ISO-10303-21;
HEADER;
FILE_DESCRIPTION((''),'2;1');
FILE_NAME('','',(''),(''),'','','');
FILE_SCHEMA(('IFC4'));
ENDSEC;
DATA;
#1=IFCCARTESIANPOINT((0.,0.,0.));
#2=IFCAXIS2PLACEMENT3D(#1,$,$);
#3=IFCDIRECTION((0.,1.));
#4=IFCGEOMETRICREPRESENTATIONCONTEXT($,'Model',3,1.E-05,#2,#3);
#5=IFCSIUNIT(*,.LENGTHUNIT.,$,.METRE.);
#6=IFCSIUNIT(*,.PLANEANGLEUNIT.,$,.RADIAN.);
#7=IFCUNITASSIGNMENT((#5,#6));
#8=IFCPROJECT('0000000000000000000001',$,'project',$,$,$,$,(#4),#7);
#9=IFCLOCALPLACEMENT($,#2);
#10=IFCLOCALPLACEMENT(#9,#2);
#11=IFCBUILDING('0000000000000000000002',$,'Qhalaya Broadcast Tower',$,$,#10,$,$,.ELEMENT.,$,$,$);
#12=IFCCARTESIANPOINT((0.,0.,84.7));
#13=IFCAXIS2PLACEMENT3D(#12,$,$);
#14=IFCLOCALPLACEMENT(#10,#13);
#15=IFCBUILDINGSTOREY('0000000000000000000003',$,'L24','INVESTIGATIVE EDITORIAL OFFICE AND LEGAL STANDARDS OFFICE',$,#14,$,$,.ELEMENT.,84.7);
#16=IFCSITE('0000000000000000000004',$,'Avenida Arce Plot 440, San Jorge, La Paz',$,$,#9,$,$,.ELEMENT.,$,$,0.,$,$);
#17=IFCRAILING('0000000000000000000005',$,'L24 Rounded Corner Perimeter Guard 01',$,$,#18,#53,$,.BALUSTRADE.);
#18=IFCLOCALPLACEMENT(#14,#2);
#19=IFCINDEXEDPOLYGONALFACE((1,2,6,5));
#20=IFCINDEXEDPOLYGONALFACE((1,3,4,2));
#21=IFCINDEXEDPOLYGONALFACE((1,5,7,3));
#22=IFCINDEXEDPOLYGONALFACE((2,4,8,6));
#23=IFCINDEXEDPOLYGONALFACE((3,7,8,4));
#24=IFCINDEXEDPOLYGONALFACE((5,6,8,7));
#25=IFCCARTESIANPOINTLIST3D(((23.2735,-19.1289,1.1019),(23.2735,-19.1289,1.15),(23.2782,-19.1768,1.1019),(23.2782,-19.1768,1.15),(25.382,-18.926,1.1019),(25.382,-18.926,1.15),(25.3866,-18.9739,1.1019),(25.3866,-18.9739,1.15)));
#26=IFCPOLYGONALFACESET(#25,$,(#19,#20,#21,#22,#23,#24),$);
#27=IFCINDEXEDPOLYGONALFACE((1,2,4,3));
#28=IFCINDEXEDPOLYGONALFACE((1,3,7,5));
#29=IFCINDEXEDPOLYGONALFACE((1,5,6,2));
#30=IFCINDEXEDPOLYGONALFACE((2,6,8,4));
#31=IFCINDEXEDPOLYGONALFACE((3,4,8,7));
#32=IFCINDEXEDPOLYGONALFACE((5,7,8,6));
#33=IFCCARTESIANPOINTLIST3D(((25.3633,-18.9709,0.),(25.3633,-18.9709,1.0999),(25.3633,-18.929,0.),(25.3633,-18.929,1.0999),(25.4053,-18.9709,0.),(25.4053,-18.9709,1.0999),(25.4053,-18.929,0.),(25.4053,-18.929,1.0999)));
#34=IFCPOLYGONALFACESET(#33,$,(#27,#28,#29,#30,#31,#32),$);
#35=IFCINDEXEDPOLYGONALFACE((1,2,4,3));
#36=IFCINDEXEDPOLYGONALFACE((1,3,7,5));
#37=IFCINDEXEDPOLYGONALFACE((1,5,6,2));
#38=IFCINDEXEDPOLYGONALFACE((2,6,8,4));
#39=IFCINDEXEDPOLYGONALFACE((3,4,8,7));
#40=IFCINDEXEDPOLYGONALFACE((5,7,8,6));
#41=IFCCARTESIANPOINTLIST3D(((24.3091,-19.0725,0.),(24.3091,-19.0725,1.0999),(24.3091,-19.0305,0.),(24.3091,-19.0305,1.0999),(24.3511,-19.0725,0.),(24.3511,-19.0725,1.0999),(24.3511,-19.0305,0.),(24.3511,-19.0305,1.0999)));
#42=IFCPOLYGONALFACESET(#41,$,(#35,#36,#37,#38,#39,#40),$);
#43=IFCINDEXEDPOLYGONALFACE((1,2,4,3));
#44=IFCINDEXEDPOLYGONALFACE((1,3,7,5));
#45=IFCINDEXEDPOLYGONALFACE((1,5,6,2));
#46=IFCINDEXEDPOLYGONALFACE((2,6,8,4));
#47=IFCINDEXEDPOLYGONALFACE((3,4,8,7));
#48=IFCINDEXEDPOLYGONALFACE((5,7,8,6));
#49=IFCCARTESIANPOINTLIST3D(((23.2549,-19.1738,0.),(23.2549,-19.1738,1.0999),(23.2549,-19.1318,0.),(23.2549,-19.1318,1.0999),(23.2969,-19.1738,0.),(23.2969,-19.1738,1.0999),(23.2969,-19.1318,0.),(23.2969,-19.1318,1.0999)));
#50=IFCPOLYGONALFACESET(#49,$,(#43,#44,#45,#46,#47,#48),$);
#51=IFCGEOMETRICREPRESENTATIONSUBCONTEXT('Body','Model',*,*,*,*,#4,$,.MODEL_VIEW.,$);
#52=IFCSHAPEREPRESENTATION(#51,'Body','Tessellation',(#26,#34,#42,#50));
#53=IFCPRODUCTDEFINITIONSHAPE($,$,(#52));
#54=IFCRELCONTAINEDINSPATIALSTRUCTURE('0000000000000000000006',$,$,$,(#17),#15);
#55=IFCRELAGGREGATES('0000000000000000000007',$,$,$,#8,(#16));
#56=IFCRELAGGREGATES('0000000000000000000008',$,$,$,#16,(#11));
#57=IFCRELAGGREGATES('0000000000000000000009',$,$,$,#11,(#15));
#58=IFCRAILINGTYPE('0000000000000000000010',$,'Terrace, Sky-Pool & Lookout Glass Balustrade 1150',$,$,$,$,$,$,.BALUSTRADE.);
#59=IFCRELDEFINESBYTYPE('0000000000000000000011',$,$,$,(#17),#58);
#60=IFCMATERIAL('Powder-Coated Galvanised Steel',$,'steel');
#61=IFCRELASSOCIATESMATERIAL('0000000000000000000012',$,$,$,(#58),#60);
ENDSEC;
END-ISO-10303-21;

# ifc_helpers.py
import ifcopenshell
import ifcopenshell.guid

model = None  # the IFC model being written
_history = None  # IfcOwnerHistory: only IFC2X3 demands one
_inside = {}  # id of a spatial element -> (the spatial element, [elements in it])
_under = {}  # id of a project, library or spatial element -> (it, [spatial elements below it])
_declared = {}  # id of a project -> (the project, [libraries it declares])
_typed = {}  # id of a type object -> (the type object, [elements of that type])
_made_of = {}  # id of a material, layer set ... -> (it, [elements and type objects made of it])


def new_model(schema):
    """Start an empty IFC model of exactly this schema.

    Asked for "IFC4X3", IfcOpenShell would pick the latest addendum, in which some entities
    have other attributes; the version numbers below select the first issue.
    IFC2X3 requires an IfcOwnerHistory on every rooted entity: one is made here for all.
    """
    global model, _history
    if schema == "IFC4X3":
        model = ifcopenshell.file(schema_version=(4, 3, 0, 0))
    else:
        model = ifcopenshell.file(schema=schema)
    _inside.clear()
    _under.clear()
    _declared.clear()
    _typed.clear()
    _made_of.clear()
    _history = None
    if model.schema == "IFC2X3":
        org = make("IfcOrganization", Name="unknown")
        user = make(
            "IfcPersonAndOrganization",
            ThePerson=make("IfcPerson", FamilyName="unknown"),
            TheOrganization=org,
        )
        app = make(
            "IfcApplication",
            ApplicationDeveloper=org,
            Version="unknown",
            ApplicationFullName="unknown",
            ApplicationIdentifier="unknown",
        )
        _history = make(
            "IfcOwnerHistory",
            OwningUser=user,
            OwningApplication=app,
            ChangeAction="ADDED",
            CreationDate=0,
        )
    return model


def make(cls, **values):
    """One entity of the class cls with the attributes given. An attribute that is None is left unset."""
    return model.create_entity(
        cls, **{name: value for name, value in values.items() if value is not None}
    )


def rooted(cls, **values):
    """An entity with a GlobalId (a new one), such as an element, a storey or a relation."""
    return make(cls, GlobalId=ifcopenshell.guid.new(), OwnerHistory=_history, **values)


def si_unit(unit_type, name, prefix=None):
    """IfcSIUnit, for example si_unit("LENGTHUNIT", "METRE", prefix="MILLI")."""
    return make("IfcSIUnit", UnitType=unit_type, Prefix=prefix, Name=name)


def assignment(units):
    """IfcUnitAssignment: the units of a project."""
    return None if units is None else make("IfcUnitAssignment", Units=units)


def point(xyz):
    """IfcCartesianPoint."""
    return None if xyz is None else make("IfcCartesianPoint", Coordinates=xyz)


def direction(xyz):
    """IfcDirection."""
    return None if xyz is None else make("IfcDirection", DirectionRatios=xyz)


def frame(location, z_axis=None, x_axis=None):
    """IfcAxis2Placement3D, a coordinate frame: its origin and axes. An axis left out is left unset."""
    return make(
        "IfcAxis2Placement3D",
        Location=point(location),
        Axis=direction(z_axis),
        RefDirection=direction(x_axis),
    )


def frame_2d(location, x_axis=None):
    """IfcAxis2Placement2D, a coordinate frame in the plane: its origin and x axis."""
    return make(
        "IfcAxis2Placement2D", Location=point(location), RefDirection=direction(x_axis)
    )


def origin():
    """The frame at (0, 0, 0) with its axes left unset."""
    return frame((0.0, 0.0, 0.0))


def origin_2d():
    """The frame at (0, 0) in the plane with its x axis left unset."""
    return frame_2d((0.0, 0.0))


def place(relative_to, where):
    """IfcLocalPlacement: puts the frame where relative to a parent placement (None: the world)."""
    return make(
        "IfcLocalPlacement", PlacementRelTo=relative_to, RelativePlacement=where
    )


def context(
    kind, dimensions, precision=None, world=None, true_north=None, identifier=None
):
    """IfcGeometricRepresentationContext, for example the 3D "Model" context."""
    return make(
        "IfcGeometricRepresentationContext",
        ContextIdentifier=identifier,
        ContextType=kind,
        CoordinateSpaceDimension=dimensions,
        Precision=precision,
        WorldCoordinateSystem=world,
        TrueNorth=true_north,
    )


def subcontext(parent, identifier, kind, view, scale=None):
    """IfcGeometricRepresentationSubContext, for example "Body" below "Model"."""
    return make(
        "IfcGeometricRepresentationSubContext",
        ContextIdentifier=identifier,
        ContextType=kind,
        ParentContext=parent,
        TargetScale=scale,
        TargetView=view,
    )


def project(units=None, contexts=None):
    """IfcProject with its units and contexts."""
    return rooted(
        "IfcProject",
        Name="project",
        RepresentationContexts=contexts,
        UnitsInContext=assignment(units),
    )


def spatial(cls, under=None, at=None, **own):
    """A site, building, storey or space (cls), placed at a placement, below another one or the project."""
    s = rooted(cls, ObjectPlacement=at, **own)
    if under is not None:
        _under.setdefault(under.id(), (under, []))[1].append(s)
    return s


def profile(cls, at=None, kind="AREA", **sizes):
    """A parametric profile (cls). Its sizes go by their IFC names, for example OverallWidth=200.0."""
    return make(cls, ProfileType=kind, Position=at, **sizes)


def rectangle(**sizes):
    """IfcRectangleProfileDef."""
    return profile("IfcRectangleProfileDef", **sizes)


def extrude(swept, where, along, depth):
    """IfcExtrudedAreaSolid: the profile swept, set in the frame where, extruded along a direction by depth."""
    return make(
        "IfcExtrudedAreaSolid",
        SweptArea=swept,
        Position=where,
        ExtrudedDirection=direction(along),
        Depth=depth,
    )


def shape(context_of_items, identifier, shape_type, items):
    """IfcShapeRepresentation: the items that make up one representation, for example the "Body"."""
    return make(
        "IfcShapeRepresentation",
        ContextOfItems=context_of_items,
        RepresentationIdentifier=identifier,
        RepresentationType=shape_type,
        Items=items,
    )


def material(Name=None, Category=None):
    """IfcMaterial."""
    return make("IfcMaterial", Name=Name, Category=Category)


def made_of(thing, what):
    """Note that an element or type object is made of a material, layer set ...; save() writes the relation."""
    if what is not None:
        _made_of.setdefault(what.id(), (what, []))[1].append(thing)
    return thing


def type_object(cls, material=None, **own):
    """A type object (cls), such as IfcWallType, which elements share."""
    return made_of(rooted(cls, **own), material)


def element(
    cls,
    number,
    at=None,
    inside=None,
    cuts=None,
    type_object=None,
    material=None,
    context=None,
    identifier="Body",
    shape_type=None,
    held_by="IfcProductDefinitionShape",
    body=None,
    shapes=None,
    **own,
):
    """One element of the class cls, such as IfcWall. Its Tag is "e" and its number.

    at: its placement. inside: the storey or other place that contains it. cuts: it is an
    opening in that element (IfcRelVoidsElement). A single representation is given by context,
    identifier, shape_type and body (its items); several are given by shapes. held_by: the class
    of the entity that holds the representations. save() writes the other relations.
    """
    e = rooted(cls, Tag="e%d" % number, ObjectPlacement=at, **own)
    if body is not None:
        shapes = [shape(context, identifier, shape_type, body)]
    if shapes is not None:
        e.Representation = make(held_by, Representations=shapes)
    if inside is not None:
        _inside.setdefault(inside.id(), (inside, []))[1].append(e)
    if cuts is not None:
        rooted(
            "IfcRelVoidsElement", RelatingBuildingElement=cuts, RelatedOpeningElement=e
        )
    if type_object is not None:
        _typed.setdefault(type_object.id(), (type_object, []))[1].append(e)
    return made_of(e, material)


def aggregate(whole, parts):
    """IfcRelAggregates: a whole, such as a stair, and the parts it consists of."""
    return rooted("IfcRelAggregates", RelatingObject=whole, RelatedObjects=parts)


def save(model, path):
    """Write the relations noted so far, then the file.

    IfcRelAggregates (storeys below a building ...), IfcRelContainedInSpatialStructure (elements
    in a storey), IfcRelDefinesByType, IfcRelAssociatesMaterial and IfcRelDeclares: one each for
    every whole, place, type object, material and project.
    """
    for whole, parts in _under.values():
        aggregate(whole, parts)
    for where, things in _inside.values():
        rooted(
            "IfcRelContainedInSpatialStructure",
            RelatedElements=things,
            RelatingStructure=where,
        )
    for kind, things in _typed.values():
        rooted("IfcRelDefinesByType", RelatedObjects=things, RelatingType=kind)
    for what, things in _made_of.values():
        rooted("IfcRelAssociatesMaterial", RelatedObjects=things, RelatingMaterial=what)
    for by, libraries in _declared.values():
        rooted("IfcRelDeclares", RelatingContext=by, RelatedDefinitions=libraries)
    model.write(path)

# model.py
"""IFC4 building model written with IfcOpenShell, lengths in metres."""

from ifc_helpers import new_model, si_unit, direction, frame, origin, origin_2d, place, context, subcontext, project, spatial, rectangle, extrude, material, type_object, element, save


model = new_model("IFC4")

# Units and contexts
model_context = context("Model", 3, precision=1e-05, world=origin(), true_north=direction((0.0, 1.0)))
body_context = subcontext(model_context, "Body", "Model", "MODEL_VIEW")
ifc_project = project(units=[si_unit("LENGTHUNIT", "METRE"), si_unit("PLANEANGLEUNIT", "RADIAN")], contexts=[model_context])

# Site, building, storey
site_placement = place(None, origin())
site = spatial("IfcSite", under=ifc_project, at=site_placement, Name="Avenida Arce Plot 440, San Jorge, La Paz", CompositionType="ELEMENT", RefElevation=0.0)
building_placement = place(site_placement, origin())
building = spatial("IfcBuilding", under=site, at=building_placement, Name="Qhalaya Broadcast Tower", CompositionType="ELEMENT")
storey_placement = place(building_placement, frame((0.0, 0.0, 84.7)))
storey = spatial("IfcBuildingStorey", under=building, at=storey_placement, Name="L24", Description="INVESTIGATIVE EDITORIAL OFFICE AND LEGAL STANDARDS OFFICE", CompositionType="ELEMENT", Elevation=84.7)

# Railing
ifc_material_1 = material(Name="Powder-Coated Galvanised Steel", Category="steel")
railing_type = type_object("IfcRailingType", Name="Terrace, Sky-Pool & Lookout Glass Balustrade 1150", PredefinedType="BALUSTRADE", material=ifc_material_1)
railing_placement = place(storey_placement, frame((25.3843, -18.95, 0.0)))
element("IfcRailing", 1, at=railing_placement, inside=storey, type_object=railing_type, Name="L24 Rounded Corner Perimeter Guard 01", PredefinedType="BALUSTRADE", context=body_context, shape_type="SweptSolid", body=[
    extrude(rectangle(XDim=0.0481, YDim=0.0481, at=origin_2d()), frame((0.0, 0.0, 1.126), z_axis=(-0.995402, -0.095783, 0.0), x_axis=(0.095783, -0.995402, 0.0)), (0.0, 0.0, 1.0), 2.1182),
    extrude(rectangle(XDim=0.042, YDim=0.042, at=origin_2d()), origin(), (0.0, 0.0, 1.0), 1.0999),
    extrude(rectangle(XDim=0.042, YDim=0.042, at=origin_2d()), frame((-1.0542, -0.1016, 0.0)), (0.0, 0.0, 1.0), 1.0999),
    extrude(rectangle(XDim=0.042, YDim=0.042, at=origin_2d()), frame((-2.1084, -0.2029, 0.0)), (0.0, 0.0, 1.0), 1.0999),
])

save(model, "model.ifc")
